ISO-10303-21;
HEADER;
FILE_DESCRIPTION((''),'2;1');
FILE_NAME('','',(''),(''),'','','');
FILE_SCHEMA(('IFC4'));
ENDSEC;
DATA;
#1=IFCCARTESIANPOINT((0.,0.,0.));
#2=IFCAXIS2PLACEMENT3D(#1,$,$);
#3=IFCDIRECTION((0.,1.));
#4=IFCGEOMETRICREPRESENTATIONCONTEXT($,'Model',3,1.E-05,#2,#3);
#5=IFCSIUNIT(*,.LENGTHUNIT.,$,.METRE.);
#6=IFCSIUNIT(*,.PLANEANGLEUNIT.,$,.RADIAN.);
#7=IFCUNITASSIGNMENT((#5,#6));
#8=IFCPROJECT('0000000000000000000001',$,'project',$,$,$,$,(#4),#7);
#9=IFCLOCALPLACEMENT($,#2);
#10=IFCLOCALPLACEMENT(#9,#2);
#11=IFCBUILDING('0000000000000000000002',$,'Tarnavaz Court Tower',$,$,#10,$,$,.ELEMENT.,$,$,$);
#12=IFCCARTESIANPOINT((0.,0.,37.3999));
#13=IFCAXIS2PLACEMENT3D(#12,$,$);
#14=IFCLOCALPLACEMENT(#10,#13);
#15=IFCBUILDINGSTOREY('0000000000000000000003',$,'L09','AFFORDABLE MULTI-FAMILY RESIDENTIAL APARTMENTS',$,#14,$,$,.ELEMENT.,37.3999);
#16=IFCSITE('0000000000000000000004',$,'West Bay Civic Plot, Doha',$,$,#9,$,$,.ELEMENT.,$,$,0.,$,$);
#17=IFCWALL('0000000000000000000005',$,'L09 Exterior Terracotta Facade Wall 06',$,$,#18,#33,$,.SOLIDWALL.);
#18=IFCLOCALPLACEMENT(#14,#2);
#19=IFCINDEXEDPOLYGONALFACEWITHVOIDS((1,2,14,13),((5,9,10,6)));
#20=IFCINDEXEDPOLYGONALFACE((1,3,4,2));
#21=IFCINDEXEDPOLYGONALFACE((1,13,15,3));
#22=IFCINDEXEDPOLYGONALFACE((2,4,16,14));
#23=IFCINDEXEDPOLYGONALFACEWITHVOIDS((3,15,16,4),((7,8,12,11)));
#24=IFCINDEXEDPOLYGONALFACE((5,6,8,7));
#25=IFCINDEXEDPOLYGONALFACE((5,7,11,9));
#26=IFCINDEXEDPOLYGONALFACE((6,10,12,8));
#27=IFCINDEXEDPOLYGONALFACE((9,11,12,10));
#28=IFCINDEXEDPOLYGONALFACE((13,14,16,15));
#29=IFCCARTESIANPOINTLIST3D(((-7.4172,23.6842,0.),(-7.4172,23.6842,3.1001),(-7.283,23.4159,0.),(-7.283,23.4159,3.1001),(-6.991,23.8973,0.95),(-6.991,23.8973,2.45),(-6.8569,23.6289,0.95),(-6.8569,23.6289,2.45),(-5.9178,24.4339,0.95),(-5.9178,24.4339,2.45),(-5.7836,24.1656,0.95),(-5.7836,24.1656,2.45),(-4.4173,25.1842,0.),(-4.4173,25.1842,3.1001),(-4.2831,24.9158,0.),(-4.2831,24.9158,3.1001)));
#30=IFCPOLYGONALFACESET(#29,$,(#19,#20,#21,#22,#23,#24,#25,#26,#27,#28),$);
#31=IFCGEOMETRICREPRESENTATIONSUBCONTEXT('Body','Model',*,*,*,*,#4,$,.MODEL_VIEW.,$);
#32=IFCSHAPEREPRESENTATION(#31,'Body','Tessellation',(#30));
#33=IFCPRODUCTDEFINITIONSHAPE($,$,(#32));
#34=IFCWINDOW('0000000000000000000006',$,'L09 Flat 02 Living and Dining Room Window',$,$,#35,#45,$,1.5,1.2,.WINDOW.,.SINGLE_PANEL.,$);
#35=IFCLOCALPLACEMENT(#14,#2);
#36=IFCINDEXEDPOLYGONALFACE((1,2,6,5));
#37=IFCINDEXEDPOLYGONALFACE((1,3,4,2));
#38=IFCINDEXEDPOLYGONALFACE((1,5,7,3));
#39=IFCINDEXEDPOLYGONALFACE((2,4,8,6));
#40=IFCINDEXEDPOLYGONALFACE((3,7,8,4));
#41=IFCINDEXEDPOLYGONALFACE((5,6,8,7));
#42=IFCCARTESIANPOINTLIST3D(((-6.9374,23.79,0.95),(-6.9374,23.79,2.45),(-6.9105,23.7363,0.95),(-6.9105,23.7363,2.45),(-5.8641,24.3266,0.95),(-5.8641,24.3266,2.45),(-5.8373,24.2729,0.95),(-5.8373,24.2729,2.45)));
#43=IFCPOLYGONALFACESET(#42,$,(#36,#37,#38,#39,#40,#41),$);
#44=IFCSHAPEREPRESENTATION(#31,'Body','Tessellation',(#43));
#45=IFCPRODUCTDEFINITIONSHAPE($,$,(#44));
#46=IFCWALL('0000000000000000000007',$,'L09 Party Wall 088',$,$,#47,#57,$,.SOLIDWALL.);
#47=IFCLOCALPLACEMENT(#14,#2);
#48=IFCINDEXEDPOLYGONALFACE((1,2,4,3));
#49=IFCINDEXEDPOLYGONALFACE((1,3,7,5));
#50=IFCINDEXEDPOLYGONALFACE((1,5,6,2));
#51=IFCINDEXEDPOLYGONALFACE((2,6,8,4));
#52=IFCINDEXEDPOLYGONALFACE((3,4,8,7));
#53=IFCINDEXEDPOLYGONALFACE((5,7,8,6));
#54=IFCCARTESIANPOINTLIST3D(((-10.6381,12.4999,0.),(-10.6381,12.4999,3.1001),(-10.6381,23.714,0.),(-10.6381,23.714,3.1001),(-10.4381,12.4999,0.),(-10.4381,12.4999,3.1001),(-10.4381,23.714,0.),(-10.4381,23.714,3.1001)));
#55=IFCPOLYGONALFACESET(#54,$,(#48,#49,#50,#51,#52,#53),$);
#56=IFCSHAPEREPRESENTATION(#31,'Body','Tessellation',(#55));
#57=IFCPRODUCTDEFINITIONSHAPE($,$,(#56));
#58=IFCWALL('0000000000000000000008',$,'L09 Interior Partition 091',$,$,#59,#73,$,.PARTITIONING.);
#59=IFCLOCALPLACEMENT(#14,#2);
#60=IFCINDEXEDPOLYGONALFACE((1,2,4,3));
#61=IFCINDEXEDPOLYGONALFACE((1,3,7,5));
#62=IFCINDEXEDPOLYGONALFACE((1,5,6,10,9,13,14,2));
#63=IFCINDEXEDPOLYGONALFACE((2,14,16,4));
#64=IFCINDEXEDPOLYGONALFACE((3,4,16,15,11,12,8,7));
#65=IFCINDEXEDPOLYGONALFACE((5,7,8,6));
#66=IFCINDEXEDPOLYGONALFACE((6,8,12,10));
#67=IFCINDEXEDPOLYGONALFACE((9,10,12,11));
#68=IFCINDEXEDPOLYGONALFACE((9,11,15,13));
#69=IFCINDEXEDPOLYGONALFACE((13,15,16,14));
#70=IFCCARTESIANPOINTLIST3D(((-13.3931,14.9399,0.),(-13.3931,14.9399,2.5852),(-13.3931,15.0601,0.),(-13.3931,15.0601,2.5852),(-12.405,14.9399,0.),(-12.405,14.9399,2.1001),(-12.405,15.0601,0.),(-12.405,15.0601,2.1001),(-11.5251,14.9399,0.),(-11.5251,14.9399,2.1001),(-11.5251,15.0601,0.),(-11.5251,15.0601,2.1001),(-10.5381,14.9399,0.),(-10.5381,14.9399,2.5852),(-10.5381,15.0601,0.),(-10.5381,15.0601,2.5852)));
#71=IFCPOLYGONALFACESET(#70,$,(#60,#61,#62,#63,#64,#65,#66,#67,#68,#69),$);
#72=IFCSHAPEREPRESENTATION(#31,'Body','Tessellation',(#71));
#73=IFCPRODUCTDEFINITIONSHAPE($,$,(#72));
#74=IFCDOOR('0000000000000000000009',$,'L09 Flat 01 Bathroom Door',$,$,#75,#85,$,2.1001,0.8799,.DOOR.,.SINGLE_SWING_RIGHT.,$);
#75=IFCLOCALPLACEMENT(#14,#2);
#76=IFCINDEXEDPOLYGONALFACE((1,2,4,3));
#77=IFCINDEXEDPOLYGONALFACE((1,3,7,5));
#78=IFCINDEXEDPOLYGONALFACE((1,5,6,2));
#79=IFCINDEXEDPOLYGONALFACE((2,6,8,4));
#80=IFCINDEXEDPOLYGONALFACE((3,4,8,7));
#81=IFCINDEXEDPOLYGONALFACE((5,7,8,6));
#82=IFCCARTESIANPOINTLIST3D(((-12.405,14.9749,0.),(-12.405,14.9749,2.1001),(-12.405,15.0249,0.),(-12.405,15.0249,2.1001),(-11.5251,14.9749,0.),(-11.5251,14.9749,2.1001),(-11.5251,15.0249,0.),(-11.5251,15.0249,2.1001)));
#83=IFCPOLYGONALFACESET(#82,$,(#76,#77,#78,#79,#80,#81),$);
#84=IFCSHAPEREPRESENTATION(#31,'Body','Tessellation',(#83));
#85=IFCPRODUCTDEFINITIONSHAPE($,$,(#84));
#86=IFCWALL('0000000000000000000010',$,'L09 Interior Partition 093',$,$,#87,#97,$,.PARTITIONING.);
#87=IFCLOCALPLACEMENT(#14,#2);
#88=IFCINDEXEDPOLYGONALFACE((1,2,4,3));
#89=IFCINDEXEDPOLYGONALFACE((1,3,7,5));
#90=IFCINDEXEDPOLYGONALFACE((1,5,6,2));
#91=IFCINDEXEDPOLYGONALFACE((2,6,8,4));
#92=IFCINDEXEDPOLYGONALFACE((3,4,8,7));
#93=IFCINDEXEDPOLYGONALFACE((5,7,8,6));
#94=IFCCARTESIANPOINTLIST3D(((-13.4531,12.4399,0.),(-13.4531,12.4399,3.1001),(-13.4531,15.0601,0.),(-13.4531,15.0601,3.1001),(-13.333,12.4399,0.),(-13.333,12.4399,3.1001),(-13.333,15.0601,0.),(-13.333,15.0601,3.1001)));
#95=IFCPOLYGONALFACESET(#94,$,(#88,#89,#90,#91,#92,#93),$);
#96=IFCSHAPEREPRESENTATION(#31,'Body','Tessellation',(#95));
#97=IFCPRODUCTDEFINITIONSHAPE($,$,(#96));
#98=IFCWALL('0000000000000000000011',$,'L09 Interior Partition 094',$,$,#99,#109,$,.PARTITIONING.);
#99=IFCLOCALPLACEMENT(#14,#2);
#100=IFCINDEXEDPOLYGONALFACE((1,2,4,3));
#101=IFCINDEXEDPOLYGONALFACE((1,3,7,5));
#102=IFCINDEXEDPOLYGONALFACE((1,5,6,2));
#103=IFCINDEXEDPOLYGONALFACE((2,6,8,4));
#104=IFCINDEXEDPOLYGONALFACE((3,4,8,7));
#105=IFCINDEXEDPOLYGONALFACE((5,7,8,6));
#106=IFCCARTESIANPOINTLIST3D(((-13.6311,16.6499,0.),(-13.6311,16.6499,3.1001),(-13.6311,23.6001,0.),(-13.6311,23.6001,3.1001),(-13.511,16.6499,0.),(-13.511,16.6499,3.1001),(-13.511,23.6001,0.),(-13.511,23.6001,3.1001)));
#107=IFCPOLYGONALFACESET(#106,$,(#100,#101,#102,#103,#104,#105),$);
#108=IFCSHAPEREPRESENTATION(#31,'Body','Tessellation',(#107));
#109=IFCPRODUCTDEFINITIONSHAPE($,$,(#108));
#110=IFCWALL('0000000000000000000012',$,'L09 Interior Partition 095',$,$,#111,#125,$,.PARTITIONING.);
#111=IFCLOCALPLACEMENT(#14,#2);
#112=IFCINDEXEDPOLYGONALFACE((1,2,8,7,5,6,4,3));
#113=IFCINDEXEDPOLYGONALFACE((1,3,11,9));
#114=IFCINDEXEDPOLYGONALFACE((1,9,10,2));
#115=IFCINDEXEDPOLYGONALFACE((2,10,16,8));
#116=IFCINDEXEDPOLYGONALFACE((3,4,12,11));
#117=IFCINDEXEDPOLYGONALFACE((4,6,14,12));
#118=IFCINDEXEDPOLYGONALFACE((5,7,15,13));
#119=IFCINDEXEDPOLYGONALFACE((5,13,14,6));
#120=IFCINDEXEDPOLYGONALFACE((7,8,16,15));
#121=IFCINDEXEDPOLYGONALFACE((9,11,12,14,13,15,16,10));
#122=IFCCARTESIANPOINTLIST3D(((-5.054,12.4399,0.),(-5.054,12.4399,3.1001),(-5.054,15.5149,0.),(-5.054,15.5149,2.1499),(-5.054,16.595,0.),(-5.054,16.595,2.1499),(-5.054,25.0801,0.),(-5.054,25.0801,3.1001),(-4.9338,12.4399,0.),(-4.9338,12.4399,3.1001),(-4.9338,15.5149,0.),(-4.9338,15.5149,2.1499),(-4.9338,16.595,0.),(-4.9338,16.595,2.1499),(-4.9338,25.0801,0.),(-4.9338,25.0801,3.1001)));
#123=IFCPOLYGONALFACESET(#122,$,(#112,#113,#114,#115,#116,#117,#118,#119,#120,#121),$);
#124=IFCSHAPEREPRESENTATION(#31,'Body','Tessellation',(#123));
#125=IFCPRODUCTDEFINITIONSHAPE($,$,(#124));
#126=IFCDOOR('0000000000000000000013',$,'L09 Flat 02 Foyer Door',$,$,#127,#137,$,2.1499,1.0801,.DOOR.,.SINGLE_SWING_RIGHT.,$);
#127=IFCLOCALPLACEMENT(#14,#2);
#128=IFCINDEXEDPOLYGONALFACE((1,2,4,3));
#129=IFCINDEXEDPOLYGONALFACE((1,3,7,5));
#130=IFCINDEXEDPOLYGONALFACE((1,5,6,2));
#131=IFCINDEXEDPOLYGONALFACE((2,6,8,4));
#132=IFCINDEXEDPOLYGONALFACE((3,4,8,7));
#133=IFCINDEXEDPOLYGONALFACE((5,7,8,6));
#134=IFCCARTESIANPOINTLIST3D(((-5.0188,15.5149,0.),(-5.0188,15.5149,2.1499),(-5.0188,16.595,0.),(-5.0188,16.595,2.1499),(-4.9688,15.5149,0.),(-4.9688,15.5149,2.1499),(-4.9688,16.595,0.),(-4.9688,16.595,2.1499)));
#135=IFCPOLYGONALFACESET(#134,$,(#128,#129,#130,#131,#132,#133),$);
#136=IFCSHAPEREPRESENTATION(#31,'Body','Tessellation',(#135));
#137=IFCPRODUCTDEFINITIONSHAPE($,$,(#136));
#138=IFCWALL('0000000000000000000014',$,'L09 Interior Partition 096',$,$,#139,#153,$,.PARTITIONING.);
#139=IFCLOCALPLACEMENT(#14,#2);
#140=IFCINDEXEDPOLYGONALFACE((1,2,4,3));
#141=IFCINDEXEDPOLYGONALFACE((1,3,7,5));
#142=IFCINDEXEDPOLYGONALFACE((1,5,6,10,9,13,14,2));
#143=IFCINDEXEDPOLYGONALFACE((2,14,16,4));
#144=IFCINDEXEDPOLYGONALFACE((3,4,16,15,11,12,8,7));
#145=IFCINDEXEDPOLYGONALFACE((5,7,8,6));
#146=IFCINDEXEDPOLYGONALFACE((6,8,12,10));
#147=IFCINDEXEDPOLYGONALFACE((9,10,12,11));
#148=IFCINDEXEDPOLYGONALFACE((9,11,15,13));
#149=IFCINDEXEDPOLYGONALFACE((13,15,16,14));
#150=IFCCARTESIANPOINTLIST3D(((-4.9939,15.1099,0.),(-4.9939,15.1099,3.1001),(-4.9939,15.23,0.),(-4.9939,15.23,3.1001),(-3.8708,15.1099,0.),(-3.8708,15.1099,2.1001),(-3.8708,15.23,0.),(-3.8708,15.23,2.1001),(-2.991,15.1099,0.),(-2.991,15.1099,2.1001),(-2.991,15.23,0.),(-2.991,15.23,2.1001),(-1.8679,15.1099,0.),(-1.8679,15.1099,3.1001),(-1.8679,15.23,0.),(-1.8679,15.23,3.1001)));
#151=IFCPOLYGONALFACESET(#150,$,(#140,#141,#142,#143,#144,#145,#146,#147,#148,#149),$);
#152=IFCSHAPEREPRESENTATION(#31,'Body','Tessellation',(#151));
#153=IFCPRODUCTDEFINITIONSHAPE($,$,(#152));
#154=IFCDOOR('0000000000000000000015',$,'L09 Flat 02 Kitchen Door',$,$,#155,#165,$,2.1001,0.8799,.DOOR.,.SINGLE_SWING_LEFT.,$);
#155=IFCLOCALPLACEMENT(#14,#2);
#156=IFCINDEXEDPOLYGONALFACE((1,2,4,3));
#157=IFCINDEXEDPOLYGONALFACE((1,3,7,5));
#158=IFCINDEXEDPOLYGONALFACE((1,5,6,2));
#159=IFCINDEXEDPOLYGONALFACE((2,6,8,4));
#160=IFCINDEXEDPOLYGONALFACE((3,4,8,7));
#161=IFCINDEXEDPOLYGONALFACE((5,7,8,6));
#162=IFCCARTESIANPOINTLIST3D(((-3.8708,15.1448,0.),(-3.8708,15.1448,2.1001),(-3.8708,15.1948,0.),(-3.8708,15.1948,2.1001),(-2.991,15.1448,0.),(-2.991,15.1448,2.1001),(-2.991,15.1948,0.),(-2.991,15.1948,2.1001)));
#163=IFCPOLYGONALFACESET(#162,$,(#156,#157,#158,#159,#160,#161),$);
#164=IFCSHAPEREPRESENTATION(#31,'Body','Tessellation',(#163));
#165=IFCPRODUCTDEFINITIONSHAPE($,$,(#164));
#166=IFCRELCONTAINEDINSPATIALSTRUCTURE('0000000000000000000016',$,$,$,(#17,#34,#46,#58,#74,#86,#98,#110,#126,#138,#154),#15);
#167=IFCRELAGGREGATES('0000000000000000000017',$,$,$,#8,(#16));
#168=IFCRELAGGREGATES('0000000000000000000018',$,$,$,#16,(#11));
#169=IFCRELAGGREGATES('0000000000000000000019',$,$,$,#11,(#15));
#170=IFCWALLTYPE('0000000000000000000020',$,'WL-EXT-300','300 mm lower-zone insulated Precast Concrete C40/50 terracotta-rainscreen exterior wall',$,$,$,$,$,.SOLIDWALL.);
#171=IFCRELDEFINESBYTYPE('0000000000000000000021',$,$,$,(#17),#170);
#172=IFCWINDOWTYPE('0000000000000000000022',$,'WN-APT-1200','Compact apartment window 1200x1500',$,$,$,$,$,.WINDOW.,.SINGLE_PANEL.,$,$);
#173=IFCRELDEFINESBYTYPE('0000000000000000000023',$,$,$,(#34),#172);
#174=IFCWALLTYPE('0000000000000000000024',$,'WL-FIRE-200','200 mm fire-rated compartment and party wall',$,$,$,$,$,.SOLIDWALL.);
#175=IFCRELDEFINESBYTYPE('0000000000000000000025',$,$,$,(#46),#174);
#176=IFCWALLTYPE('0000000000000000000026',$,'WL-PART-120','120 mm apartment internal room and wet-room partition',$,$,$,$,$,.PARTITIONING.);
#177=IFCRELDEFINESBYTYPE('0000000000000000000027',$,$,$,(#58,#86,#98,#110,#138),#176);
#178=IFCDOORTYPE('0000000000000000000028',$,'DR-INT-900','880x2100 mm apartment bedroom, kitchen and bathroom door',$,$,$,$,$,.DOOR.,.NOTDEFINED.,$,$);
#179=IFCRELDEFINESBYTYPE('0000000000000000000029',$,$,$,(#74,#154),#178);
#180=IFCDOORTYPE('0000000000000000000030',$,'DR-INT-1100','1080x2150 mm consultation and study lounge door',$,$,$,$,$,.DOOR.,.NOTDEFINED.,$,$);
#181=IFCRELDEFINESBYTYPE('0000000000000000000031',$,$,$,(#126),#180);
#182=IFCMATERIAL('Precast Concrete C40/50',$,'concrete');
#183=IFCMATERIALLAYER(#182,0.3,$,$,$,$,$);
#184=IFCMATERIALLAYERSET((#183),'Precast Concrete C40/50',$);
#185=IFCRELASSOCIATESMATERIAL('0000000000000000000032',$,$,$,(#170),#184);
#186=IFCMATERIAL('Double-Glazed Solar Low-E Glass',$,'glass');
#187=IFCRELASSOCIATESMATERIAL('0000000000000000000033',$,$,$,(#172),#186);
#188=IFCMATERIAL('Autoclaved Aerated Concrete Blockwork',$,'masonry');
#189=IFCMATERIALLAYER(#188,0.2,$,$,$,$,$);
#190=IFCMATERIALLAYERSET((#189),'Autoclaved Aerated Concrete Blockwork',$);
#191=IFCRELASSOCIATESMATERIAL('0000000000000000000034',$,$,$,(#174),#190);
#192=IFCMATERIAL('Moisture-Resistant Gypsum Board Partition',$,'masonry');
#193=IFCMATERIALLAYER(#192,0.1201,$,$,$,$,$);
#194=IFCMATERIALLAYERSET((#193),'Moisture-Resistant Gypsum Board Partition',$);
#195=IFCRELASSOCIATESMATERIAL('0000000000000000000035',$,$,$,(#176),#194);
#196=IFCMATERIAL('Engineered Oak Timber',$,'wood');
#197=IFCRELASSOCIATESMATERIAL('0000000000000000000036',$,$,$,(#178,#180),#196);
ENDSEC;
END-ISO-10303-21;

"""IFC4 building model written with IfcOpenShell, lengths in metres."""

from ifc_helpers import new_model, si_unit, direction, frame, frame_2d, origin, place, context, subcontext, project, spatial, rectangle, extrude, material, layer, layer_set, type_object, element, fill, save


model = new_model("IFC4")

# Units and contexts
model_context = context("Model", 3, precision=1e-05, world=origin(), true_north=direction((0.0, 1.0)))
body_context = subcontext(model_context, "Body", "Model", "MODEL_VIEW")
ifc_project = project(units=[si_unit("LENGTHUNIT", "METRE"), si_unit("PLANEANGLEUNIT", "RADIAN")], contexts=[model_context])

# Site, building, storey
site_placement = place(None, origin())
site = spatial("IfcSite", under=ifc_project, at=site_placement, Name="West Bay Civic Plot, Doha", CompositionType="ELEMENT", RefElevation=0.0)
building_placement = place(site_placement, origin())
building = spatial("IfcBuilding", under=site, at=building_placement, Name="Tarnavaz Court Tower", CompositionType="ELEMENT")
storey_placement = place(building_placement, frame((0.0, 0.0, 37.3999)))
storey = spatial("IfcBuildingStorey", under=building, at=storey_placement, Name="L09", Description="AFFORDABLE MULTI-FAMILY RESIDENTIAL APARTMENTS", CompositionType="ELEMENT", Elevation=37.3999)

# Shared definitions
ifc_material_1 = material(Name="Double-Glazed Solar Low-E Glass", Category="glass")

# Wall, opening, window
ifc_material_2 = material(Name="Precast Concrete C40/50", Category="concrete")
ifc_layer_1 = layer(ifc_material_2, 0.3)
ifc_layer_set_1 = layer_set([ifc_layer_1], Name="Precast Concrete C40/50")
wall_type_1 = type_object("IfcWallType", Name="WL-EXT-300", Description="300 mm lower-zone insulated Precast Concrete C40/50 terracotta-rainscreen exterior wall", PredefinedType="SOLIDWALL", material=ifc_layer_set_1)
wall_1_placement = place(storey_placement, frame((-7.3501, 23.55, 0.0), z_axis=(0.0, 0.0, 1.0), x_axis=(0.894427, 0.447214, 0.0)))
wall_1 = element("IfcWall", 1, at=wall_1_placement, inside=storey, type_object=wall_type_1, Name="L09 Exterior Terracotta Facade Wall 06", PredefinedType="SOLIDWALL", context=body_context, shape_type="SweptSolid", body=[
    extrude(rectangle(XDim=3.354, YDim=0.3, at=frame_2d((1.677, 0.0))), origin(), (0.0, 0.0, 1.0), 3.1001),
])
opening_1_placement = place(wall_1_placement, frame((0.4763, 0.0, 0.95)))
opening_1 = element("IfcOpeningElement", 2, at=opening_1_placement, cuts=wall_1, PredefinedType="OPENING", context=body_context, shape_type="SweptSolid", body=[
    extrude(rectangle(XDim=1.2, YDim=1.5, at=frame_2d((0.6001, 0.75))), frame((0.0, 0.1599, 0.0), z_axis=(0.0, -1.0, 0.0), x_axis=(1.0, 0.0, 0.0)), (0.0, 0.0, 1.0), 0.3201),
])
window_type = type_object("IfcWindowType", Name="WN-APT-1200", Description="Compact apartment window 1200x1500", PartitioningType="SINGLE_PANEL", PredefinedType="WINDOW", material=ifc_material_1)
window_placement = place(opening_1_placement, origin())
window = element("IfcWindow", 3, at=window_placement, inside=storey, type_object=window_type, Name="L09 Flat 02 Living and Dining Room Window", OverallHeight=1.5, OverallWidth=1.2, PartitioningType="SINGLE_PANEL", PredefinedType="WINDOW", context=body_context, shape_type="SweptSolid", body=[
    extrude(rectangle(XDim=1.2, YDim=1.5, at=frame_2d((0.6001, 0.75))), frame((0.0, 0.03, 0.0), z_axis=(0.0, -1.0, 0.0), x_axis=(1.0, 0.0, 0.0)), (0.0, 0.0, 1.0), 0.0601),
])
fill(opening_1, window)

# Wall
ifc_material_3 = material(Name="Autoclaved Aerated Concrete Blockwork", Category="masonry")
ifc_layer_2 = layer(ifc_material_3, 0.2)
ifc_layer_set_2 = layer_set([ifc_layer_2], Name="Autoclaved Aerated Concrete Blockwork")
wall_type_2 = type_object("IfcWallType", Name="WL-FIRE-200", Description="200 mm fire-rated compartment and party wall", PredefinedType="SOLIDWALL", material=ifc_layer_set_2)
wall_2_placement = place(storey_placement, frame((-10.5381, 12.5, 0.0), z_axis=(0.0, 0.0, 1.0), x_axis=(0.0, 1.0, 0.0)))
element("IfcWall", 4, at=wall_2_placement, inside=storey, type_object=wall_type_2, Name="L09 Party Wall 088", PredefinedType="SOLIDWALL", context=body_context, shape_type="SweptSolid", body=[
    extrude(rectangle(XDim=11.2141, YDim=0.2, at=frame_2d((5.6069, 0.0))), origin(), (0.0, 0.0, 1.0), 3.1001),
])

# Wall, opening, door
ifc_material_4 = material(Name="Moisture-Resistant Gypsum Board Partition", Category="masonry")
ifc_layer_3 = layer(ifc_material_4, 0.1201)
ifc_layer_set_3 = layer_set([ifc_layer_3], Name="Moisture-Resistant Gypsum Board Partition")
wall_type_3 = type_object("IfcWallType", Name="WL-PART-120", Description="120 mm apartment internal room and wet-room partition", PredefinedType="PARTITIONING", material=ifc_layer_set_3)
wall_3_placement = place(storey_placement, frame((-13.3931, 15.0, 0.0), z_axis=(0.0, 0.0, 1.0), x_axis=(1.0, 0.0, 0.0)))
wall_3 = element("IfcWall", 5, at=wall_3_placement, inside=storey, type_object=wall_type_3, Name="L09 Interior Partition 091", PredefinedType="PARTITIONING", context=body_context, shape_type="SweptSolid", body=[
    extrude(rectangle(XDim=2.855, YDim=0.1201, at=frame_2d((1.4275, 0.0))), origin(), (0.0, 0.0, 1.0), 2.5852),
])
opening_2_placement = place(wall_3_placement, frame((0.988, 0.0, 0.0)))
opening_2 = element("IfcOpeningElement", 6, at=opening_2_placement, cuts=wall_3, PredefinedType="OPENING", context=body_context, shape_type="SweptSolid", body=[
    extrude(rectangle(XDim=0.8799, YDim=2.1001, at=frame_2d((0.4399, 1.05))), frame((0.0, 0.0701, 0.0), z_axis=(0.0, -1.0, 0.0), x_axis=(1.0, 0.0, 0.0)), (0.0, 0.0, 1.0), 0.1401),
])
ifc_material_5 = material(Name="Engineered Oak Timber", Category="wood")
door_type_1 = type_object("IfcDoorType", Name="DR-INT-900", Description="880x2100 mm apartment bedroom, kitchen and bathroom door", OperationType="NOTDEFINED", PredefinedType="DOOR", material=ifc_material_5)
door_1_placement = place(opening_2_placement, origin())
door_1 = element("IfcDoor", 7, at=door_1_placement, inside=storey, type_object=door_type_1, Name="L09 Flat 01 Bathroom Door", OperationType="SINGLE_SWING_RIGHT", OverallHeight=2.1001, OverallWidth=0.8799, PredefinedType="DOOR", context=body_context, shape_type="SweptSolid", body=[
    extrude(rectangle(XDim=0.8799, YDim=2.1001, at=frame_2d((0.4399, 1.05))), frame((0.0, 0.0249, 0.0), z_axis=(0.0, -1.0, 0.0), x_axis=(1.0, 0.0, 0.0)), (0.0, 0.0, 1.0), 0.05),
])
fill(opening_2, door_1)

# Walls
wall_4_placement = place(storey_placement, frame((-13.3931, 12.4399, 0.0), z_axis=(0.0, 0.0, 1.0), x_axis=(0.0, 1.0, 0.0)))
element("IfcWall", 8, at=wall_4_placement, inside=storey, type_object=wall_type_3, Name="L09 Interior Partition 093", PredefinedType="PARTITIONING", context=body_context, shape_type="SweptSolid", body=[
    extrude(rectangle(XDim=2.6201, YDim=0.1201, at=frame_2d((1.3101, 0.0))), origin(), (0.0, 0.0, 1.0), 3.1001),
])
wall_5_placement = place(storey_placement, frame((-13.571, 16.6499, 0.0), z_axis=(0.0, 0.0, 1.0), x_axis=(0.0, 1.0, 0.0)))
element("IfcWall", 9, at=wall_5_placement, inside=storey, type_object=wall_type_3, Name="L09 Interior Partition 094", PredefinedType="PARTITIONING", context=body_context, shape_type="SweptSolid", body=[
    extrude(rectangle(XDim=6.9502, YDim=0.1201, at=frame_2d((3.4751, 0.0))), origin(), (0.0, 0.0, 1.0), 3.1001),
])

# Walls, openings, doors
wall_6_placement = place(storey_placement, frame((-4.9939, 12.4399, 0.0), z_axis=(0.0, 0.0, 1.0), x_axis=(0.0, 1.0, 0.0)))
wall_6 = element("IfcWall", 10, at=wall_6_placement, inside=storey, type_object=wall_type_3, Name="L09 Interior Partition 095", PredefinedType="PARTITIONING", context=body_context, shape_type="SweptSolid", body=[
    extrude(rectangle(XDim=12.6401, YDim=0.1201, at=frame_2d((6.3201, 0.0))), origin(), (0.0, 0.0, 1.0), 3.1001),
])
opening_3_placement = place(wall_6_placement, frame((3.075, 0.0, 0.0)))
opening_3 = element("IfcOpeningElement", 11, at=opening_3_placement, cuts=wall_6, PredefinedType="OPENING", context=body_context, shape_type="SweptSolid", body=[
    extrude(rectangle(XDim=1.0801, YDim=2.1499, at=frame_2d((0.54, 1.075))), frame((0.0, 0.0701, 0.0), z_axis=(0.0, -1.0, 0.0), x_axis=(1.0, 0.0, 0.0)), (0.0, 0.0, 1.0), 0.1401),
])
door_type_2 = type_object("IfcDoorType", Name="DR-INT-1100", Description="1080x2150 mm consultation and study lounge door", OperationType="NOTDEFINED", PredefinedType="DOOR", material=ifc_material_5)
door_2_placement = place(opening_3_placement, origin())
door_2 = element("IfcDoor", 12, at=door_2_placement, inside=storey, type_object=door_type_2, Name="L09 Flat 02 Foyer Door", OperationType="SINGLE_SWING_RIGHT", OverallHeight=2.1499, OverallWidth=1.0801, PredefinedType="DOOR", context=body_context, shape_type="SweptSolid", body=[
    extrude(rectangle(XDim=1.0801, YDim=2.1499, at=frame_2d((0.54, 1.075))), frame((0.0, 0.0249, 0.0), z_axis=(0.0, -1.0, 0.0), x_axis=(1.0, 0.0, 0.0)), (0.0, 0.0, 1.0), 0.05),
])
fill(opening_3, door_2)
wall_7_placement = place(storey_placement, frame((-4.9939, 15.1699, 0.0), z_axis=(0.0, 0.0, 1.0), x_axis=(1.0, 0.0, 0.0)))
wall_7 = element("IfcWall", 13, at=wall_7_placement, inside=storey, type_object=wall_type_3, Name="L09 Interior Partition 096", PredefinedType="PARTITIONING", context=body_context, shape_type="SweptSolid", body=[
    extrude(rectangle(XDim=3.126, YDim=0.1201, at=frame_2d((1.563, 0.0))), origin(), (0.0, 0.0, 1.0), 3.1001),
])
opening_4_placement = place(wall_7_placement, frame((1.123, 0.0, 0.0)))
opening_4 = element("IfcOpeningElement", 14, at=opening_4_placement, cuts=wall_7, PredefinedType="OPENING", context=body_context, shape_type="SweptSolid", body=[
    extrude(rectangle(XDim=0.8799, YDim=2.1001, at=frame_2d((0.4399, 1.05))), frame((0.0, 0.0701, 0.0), z_axis=(0.0, -1.0, 0.0), x_axis=(1.0, 0.0, 0.0)), (0.0, 0.0, 1.0), 0.1401),
])
door_3_placement = place(opening_4_placement, origin())
door_3 = element("IfcDoor", 15, at=door_3_placement, inside=storey, type_object=door_type_1, Name="L09 Flat 02 Kitchen Door", OperationType="SINGLE_SWING_LEFT", OverallHeight=2.1001, OverallWidth=0.8799, PredefinedType="DOOR", context=body_context, shape_type="SweptSolid", body=[
    extrude(rectangle(XDim=0.8799, YDim=2.1001, at=frame_2d((0.4399, 1.05))), frame((0.0, 0.0249, 0.0), z_axis=(0.0, -1.0, 0.0), x_axis=(1.0, 0.0, 0.0)), (0.0, 0.0, 1.0), 0.05),
])
fill(opening_4, door_3)

save(model, "model.ifc")
